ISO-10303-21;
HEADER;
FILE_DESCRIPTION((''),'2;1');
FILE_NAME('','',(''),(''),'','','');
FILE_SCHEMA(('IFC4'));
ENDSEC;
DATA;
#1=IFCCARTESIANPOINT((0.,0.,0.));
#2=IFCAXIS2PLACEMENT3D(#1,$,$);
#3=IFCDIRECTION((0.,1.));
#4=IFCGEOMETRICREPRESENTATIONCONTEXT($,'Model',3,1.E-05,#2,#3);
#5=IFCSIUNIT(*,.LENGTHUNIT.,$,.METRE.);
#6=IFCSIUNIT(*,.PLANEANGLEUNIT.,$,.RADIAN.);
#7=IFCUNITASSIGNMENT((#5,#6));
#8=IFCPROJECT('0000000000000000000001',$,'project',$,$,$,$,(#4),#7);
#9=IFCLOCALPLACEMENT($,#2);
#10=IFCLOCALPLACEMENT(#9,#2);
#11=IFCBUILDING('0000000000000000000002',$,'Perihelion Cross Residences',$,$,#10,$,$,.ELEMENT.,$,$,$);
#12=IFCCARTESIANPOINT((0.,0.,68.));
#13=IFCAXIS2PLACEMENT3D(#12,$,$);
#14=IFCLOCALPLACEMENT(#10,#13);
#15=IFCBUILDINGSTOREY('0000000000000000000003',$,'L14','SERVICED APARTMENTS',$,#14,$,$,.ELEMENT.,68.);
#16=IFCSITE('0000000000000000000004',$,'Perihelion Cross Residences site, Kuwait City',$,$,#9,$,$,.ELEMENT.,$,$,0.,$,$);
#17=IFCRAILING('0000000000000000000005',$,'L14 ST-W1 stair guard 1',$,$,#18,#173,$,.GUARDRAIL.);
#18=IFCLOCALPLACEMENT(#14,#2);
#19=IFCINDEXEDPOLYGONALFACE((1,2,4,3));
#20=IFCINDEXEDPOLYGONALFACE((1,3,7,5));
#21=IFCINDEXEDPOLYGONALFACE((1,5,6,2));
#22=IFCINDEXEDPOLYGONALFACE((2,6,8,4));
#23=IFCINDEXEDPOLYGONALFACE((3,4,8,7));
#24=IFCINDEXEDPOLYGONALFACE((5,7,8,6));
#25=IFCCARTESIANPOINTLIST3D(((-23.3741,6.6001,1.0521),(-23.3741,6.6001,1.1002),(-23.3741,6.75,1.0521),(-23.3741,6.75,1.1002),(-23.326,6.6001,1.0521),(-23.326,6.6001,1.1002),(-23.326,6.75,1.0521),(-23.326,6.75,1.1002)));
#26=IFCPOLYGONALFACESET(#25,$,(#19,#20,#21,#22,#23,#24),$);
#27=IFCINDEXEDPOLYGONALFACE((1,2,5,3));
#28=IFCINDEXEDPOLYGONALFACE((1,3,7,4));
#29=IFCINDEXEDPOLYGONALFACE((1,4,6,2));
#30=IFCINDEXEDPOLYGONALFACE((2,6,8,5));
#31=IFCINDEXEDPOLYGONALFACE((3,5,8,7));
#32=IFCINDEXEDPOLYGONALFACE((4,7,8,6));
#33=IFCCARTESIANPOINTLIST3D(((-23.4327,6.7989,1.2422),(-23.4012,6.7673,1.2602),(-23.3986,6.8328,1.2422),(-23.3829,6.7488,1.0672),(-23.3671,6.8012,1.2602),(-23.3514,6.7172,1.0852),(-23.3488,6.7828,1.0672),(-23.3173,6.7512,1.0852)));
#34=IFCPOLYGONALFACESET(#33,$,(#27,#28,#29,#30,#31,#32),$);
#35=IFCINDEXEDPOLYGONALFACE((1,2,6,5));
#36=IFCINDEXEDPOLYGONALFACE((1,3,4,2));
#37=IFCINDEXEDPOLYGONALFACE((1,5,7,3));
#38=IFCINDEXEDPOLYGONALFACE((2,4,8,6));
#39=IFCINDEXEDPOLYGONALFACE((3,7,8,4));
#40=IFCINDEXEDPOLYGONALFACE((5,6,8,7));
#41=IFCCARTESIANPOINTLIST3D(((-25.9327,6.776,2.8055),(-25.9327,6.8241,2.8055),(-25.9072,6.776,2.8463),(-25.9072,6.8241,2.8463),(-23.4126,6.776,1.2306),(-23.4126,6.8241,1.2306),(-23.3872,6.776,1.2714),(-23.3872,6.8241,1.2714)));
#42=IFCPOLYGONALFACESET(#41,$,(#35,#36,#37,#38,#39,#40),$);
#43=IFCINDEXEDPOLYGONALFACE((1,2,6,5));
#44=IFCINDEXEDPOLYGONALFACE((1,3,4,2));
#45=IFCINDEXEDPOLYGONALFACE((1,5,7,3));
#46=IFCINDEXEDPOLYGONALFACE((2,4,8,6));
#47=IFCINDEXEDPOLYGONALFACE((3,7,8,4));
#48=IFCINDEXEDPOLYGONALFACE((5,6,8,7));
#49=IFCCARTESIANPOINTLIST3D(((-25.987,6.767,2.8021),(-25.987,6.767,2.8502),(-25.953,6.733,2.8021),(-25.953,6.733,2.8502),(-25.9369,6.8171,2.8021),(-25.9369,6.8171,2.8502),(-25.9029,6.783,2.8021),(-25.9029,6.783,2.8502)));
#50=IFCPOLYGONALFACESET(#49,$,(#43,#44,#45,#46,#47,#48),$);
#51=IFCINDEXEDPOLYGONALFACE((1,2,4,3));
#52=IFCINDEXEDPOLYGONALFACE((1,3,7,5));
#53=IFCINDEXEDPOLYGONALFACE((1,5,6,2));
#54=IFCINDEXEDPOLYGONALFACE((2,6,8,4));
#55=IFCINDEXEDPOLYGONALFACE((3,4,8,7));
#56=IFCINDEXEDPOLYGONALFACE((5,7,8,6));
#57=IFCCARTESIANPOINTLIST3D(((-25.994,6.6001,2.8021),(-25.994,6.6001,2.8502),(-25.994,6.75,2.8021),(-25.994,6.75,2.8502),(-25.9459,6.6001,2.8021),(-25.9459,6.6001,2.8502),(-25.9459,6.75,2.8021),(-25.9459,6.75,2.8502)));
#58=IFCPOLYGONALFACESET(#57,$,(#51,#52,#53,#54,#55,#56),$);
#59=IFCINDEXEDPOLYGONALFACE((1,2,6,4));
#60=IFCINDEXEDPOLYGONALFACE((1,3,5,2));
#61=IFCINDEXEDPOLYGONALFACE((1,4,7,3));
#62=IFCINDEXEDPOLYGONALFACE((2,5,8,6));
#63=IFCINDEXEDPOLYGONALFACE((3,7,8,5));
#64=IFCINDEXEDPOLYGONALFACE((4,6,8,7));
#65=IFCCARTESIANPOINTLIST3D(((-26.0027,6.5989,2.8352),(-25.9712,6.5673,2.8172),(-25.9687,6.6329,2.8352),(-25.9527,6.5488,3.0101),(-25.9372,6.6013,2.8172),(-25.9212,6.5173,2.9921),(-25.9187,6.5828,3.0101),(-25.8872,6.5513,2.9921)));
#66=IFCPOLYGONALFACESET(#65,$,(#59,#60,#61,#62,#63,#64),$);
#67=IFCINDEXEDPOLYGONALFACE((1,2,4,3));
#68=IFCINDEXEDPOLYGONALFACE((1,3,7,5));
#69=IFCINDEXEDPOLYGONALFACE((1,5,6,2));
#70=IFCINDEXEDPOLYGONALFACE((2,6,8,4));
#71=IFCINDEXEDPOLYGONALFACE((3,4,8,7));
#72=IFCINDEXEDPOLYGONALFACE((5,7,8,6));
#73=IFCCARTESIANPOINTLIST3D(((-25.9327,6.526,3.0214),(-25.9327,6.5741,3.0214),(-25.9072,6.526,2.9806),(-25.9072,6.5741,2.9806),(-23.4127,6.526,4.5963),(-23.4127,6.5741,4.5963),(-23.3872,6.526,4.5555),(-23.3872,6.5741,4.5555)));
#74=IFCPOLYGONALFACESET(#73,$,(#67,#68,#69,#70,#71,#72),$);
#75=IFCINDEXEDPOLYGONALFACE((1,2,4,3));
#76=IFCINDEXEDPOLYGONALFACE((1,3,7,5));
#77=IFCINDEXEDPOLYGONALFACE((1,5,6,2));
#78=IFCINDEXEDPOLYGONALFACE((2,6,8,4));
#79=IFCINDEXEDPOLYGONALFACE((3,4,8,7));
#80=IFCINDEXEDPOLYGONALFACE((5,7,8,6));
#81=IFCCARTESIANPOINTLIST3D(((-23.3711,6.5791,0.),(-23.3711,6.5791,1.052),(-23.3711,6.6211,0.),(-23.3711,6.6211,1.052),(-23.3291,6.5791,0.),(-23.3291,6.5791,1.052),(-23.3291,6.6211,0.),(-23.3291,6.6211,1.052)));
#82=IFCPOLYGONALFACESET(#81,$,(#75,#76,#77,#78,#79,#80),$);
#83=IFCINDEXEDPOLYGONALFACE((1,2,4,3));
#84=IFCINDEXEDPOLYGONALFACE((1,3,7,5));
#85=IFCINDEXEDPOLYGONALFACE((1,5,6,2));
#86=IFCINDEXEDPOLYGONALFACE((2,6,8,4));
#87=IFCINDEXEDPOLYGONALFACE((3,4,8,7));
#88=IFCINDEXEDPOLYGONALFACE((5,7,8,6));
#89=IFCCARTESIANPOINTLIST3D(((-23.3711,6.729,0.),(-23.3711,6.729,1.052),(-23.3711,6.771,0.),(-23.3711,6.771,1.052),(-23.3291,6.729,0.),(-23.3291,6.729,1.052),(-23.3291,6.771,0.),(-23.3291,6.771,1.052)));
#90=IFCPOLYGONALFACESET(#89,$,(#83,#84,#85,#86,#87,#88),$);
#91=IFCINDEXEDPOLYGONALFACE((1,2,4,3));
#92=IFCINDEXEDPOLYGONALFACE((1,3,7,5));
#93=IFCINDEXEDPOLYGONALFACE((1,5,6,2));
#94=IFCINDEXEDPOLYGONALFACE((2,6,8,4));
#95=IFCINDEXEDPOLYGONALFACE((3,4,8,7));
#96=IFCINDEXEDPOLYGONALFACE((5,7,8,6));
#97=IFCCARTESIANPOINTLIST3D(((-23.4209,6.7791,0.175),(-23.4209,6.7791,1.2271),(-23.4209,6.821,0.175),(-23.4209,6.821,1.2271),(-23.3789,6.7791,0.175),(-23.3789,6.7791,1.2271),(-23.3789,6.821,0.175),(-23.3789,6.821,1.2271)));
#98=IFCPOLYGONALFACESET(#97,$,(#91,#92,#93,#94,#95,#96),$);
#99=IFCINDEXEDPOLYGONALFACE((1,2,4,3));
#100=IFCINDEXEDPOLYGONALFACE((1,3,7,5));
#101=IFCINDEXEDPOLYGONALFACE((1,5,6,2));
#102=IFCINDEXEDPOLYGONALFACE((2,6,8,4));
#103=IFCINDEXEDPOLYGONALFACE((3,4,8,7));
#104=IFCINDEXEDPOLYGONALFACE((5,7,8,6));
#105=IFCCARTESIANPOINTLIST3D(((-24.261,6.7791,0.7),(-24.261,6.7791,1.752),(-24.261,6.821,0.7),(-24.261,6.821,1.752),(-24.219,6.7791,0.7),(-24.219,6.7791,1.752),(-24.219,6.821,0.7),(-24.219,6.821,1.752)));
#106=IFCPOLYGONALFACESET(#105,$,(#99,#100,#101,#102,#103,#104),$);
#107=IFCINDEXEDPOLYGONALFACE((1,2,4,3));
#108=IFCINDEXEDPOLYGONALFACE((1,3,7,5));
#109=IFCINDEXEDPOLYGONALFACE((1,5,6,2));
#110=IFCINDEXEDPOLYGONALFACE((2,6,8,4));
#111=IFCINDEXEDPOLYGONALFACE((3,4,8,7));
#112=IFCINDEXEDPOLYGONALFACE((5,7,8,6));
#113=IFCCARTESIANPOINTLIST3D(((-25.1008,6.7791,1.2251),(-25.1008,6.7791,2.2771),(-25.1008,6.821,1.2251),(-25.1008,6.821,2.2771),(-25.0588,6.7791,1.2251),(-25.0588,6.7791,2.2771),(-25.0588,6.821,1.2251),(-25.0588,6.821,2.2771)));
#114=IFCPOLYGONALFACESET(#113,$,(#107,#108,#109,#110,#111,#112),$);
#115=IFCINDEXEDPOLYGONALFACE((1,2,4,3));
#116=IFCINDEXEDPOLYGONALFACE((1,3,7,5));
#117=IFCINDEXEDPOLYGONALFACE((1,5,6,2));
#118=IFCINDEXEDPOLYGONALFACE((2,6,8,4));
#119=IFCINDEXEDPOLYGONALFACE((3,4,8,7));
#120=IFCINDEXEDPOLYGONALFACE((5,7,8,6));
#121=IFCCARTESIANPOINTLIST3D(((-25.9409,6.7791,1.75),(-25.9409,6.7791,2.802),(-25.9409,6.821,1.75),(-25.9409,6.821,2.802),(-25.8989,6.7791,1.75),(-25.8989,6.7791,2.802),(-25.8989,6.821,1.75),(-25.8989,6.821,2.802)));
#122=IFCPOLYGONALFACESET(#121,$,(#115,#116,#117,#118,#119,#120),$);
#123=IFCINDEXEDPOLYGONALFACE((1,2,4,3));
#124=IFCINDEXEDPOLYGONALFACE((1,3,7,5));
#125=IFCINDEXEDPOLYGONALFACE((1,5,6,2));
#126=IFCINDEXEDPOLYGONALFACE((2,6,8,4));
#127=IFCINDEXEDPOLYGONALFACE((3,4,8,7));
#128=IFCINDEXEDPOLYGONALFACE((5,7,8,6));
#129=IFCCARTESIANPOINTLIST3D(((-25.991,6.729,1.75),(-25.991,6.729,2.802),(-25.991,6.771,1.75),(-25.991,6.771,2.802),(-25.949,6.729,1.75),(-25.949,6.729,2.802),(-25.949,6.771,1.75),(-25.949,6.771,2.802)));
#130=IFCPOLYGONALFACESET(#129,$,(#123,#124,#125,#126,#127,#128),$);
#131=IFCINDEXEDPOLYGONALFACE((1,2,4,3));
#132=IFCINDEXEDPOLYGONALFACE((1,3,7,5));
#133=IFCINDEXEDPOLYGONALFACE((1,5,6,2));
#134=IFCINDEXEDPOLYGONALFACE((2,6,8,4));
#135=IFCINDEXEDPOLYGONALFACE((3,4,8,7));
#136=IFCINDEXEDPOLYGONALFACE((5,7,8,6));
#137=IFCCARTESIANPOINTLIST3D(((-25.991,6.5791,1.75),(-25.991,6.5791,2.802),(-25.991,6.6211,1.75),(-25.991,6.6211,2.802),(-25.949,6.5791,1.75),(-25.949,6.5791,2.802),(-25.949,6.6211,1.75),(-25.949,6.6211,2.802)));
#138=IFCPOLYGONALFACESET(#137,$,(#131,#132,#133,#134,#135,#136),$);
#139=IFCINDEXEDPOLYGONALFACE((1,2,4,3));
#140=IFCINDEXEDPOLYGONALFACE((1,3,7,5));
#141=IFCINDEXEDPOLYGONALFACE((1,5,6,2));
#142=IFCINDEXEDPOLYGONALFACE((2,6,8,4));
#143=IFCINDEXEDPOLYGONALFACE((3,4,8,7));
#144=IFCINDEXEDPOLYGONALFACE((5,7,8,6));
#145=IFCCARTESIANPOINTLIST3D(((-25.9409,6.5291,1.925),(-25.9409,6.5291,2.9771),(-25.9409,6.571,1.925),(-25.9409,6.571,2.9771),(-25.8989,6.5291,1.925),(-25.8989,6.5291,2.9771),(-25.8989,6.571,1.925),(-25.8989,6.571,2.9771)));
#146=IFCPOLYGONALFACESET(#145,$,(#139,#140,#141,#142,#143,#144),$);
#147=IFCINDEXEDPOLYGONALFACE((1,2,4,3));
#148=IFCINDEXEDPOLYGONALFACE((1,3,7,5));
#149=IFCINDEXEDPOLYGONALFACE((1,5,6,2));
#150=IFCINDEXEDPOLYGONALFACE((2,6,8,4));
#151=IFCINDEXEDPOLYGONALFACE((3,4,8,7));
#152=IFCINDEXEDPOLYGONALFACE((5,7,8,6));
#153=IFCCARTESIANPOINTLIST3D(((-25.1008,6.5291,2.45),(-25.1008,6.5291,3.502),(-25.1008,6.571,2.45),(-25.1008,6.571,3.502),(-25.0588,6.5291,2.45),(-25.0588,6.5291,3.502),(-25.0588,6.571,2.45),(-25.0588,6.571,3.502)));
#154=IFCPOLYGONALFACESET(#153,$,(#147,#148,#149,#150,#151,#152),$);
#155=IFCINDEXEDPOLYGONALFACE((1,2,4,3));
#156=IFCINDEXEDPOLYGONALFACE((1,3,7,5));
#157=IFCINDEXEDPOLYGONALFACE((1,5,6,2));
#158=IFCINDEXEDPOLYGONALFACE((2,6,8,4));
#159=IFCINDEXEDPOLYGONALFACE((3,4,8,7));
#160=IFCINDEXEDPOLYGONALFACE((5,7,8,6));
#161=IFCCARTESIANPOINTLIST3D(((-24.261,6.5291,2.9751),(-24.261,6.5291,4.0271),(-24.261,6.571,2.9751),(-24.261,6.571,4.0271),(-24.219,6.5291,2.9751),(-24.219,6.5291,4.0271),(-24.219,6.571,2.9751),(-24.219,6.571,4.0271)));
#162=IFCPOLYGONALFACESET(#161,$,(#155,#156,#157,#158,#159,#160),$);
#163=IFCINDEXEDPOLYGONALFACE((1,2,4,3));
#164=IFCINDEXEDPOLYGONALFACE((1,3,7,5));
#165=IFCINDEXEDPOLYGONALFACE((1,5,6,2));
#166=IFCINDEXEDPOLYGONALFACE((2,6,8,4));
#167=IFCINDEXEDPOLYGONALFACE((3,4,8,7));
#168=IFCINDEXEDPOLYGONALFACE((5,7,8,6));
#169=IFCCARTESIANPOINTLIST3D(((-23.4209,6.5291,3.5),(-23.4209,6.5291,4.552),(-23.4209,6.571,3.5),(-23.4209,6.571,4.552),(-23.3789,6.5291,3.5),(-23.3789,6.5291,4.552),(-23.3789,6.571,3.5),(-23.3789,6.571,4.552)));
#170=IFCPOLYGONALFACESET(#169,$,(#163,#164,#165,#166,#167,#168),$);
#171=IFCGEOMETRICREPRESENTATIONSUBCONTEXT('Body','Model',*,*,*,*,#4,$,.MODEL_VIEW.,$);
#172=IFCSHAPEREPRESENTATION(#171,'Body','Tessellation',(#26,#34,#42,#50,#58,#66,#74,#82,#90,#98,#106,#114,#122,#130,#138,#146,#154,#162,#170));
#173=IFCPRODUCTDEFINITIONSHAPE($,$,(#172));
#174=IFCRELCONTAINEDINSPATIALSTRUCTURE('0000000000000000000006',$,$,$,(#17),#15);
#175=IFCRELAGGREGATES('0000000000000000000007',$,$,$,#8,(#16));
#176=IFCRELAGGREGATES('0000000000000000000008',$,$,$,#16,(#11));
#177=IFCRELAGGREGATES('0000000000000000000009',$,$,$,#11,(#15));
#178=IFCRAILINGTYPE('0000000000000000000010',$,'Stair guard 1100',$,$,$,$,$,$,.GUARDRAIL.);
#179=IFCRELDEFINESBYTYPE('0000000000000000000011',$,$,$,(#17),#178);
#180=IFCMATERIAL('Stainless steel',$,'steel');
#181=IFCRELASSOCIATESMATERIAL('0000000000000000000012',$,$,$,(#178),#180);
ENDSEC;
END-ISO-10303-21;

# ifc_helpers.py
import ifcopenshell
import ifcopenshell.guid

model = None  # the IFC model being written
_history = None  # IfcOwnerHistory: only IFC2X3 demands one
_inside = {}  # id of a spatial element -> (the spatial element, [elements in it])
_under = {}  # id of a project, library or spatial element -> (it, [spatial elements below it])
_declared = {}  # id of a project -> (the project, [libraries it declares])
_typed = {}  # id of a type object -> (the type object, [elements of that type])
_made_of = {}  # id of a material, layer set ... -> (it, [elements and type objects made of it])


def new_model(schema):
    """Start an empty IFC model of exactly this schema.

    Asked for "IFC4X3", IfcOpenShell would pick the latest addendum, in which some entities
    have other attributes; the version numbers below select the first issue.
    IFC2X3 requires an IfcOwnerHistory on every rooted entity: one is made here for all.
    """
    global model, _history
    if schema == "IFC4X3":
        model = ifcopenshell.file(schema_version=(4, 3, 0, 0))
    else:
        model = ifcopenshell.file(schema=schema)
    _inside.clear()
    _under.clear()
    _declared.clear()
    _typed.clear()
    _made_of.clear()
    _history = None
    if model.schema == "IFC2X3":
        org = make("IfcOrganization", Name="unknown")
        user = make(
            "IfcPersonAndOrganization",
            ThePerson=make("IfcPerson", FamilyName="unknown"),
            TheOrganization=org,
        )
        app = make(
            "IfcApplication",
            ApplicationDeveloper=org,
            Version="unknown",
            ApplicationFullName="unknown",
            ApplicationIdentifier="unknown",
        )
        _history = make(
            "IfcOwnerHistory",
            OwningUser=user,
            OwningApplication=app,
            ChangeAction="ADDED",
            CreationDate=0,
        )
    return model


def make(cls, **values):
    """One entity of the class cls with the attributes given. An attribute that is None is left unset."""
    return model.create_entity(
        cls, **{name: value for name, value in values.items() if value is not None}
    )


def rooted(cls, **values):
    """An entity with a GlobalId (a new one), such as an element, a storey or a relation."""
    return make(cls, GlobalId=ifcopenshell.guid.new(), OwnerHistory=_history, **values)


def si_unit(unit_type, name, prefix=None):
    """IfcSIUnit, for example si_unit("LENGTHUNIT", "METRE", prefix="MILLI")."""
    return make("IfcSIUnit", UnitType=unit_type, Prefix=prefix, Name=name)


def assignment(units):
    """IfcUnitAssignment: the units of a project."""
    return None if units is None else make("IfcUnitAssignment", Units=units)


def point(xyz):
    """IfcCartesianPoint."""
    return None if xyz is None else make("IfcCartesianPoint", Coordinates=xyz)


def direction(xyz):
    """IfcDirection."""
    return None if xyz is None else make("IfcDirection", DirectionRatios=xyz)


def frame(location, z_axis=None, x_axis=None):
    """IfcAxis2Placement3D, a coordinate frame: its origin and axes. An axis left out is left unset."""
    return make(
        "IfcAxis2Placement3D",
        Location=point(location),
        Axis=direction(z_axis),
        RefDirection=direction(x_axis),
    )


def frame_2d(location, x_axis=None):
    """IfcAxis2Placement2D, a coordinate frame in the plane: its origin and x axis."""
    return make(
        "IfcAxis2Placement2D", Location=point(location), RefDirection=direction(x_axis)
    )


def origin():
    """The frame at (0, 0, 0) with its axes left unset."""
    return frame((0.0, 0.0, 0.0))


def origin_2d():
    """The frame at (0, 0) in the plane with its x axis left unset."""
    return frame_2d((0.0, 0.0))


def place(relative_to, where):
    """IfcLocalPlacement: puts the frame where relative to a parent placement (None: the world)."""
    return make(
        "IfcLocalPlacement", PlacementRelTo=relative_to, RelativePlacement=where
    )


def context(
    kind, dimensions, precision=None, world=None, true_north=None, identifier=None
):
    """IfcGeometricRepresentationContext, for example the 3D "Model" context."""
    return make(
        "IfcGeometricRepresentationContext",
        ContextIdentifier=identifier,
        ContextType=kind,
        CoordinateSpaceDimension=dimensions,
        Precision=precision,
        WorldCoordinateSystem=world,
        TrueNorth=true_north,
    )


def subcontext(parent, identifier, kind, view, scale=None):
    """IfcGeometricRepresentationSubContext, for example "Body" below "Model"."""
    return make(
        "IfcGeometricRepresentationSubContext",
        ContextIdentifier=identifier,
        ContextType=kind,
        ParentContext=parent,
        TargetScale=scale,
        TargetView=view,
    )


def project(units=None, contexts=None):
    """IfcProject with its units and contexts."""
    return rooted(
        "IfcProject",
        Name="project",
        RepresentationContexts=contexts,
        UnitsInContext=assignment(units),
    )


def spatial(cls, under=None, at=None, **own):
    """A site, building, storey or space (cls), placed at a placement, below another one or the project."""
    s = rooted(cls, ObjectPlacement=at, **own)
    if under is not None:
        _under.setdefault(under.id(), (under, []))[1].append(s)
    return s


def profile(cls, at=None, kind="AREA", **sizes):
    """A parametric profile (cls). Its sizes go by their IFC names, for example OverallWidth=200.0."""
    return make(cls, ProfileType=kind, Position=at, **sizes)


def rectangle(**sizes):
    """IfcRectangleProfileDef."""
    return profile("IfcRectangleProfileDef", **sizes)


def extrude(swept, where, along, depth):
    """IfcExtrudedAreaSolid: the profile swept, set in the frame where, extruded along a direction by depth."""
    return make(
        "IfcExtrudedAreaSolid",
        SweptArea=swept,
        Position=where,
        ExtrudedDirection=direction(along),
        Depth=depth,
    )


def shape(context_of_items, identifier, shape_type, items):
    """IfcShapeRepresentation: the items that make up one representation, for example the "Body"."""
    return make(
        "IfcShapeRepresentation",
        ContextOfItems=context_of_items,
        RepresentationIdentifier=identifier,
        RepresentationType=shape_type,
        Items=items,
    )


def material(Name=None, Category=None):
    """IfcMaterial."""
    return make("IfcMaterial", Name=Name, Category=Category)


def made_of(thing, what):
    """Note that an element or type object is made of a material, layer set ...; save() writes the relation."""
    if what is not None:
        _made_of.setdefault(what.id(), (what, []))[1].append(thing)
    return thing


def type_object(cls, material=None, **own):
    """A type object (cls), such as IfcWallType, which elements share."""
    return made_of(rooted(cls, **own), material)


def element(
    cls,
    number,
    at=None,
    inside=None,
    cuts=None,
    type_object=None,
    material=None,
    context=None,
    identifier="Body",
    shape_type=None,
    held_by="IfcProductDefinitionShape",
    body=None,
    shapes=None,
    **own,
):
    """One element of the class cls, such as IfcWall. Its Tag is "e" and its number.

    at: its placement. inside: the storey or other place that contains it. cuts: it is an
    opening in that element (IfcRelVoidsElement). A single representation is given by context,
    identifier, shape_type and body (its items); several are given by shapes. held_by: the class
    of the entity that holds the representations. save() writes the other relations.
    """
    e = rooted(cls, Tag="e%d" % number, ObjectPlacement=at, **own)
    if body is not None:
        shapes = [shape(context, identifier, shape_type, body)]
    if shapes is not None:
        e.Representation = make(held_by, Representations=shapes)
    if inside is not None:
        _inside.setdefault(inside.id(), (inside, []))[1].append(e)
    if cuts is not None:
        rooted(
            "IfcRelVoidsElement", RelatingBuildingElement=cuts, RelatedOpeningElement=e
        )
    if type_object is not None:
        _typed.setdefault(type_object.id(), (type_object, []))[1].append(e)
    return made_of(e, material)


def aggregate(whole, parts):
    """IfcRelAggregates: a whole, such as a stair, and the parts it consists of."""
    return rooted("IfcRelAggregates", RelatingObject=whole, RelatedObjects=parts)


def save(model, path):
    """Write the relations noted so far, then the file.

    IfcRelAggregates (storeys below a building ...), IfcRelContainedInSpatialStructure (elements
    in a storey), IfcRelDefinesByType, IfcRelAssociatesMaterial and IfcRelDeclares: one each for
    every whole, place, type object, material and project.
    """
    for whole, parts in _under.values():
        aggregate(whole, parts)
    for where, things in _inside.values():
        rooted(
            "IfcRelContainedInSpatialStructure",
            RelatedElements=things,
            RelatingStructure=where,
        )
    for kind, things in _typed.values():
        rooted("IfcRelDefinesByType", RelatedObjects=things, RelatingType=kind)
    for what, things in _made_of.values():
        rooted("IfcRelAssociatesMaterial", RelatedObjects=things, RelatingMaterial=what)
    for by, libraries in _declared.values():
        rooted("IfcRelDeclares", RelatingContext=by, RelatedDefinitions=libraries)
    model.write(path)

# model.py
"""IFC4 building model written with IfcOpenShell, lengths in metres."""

from ifc_helpers import new_model, si_unit, direction, frame, origin, origin_2d, place, context, subcontext, project, spatial, rectangle, extrude, material, type_object, element, save


model = new_model("IFC4")

# Units and contexts
model_context = context("Model", 3, precision=1e-05, world=origin(), true_north=direction((0.0, 1.0)))
body_context = subcontext(model_context, "Body", "Model", "MODEL_VIEW")
ifc_project = project(units=[si_unit("LENGTHUNIT", "METRE"), si_unit("PLANEANGLEUNIT", "RADIAN")], contexts=[model_context])

# Site, building, storey
site_placement = place(None, origin())
site = spatial("IfcSite", under=ifc_project, at=site_placement, Name="Perihelion Cross Residences site, Kuwait City", CompositionType="ELEMENT", RefElevation=0.0)
building_placement = place(site_placement, origin())
building = spatial("IfcBuilding", under=site, at=building_placement, Name="Perihelion Cross Residences", CompositionType="ELEMENT")
storey_placement = place(building_placement, frame((0.0, 0.0, 68.0)))
storey = spatial("IfcBuildingStorey", under=building, at=storey_placement, Name="L14", Description="SERVICED APARTMENTS", CompositionType="ELEMENT", Elevation=68.0)

# Railing
ifc_material_1 = material(Name="Stainless steel", Category="steel")
railing_type_1 = type_object("IfcRailingType", Name="Stair guard 1100", PredefinedType="GUARDRAIL", material=ifc_material_1)
railing_1_placement = place(storey_placement, frame((-23.3501, 6.6001, 0.0)))
element("IfcRailing", 1, at=railing_1_placement, inside=storey, type_object=railing_type_1, Name="L14 ST-W1 stair guard 1", PredefinedType="GUARDRAIL", context=body_context, shape_type="SweptSolid", body=[
    extrude(rectangle(XDim=0.0481, YDim=0.0481, at=origin_2d()), frame((0.0, 0.0, 1.0762), z_axis=(0.0, 1.0, 0.0), x_axis=(-1.0, 0.0, 0.0)), (0.0, 0.0, 1.0), 0.1499),
    extrude(rectangle(XDim=0.0481, YDim=0.0481, at=origin_2d()), frame((0.0, 0.1499, 1.0762), z_axis=(-0.263862, 0.265156, 0.927399), x_axis=(-0.708834, -0.705376, 0.0)), (0.0, 0.0, 1.0), 0.1887),
    extrude(rectangle(XDim=0.0481, YDim=0.0481, at=origin_2d()), frame((-0.0498, 0.2, 1.251), z_axis=(-0.848008, 0.0, 0.529984), x_axis=(0.0, -1.0, 0.0)), (0.0, 0.0, 1.0), 2.9717),
    extrude(rectangle(XDim=0.0481, YDim=0.0481, at=origin_2d()), frame((-2.5698, 0.2, 2.8262), z_axis=(-0.707107, -0.707107, 0.0), x_axis=(0.707107, -0.707107, 0.0)), (0.0, 0.0, 1.0), 0.0708),
    extrude(rectangle(XDim=0.0481, YDim=0.0481, at=origin_2d()), frame((-2.6199, 0.1499, 2.8262), z_axis=(0.0, -1.0, 0.0), x_axis=(1.0, 0.0, 0.0)), (0.0, 0.0, 1.0), 0.1499),
    extrude(rectangle(XDim=0.0481, YDim=0.0481, at=origin_2d()), frame((-2.6199, 0.0, 2.8262), z_axis=(0.265065, -0.265065, 0.927082), x_axis=(0.707107, 0.707107, 0.0)), (0.0, 0.0, 1.0), 0.1887),
    extrude(rectangle(XDim=0.0481, YDim=0.0481, at=origin_2d()), frame((-2.5698, -0.05, 3.001), z_axis=(0.848008, 0.0, 0.529984), x_axis=(0.0, 1.0, 0.0)), (0.0, 0.0, 1.0), 2.9717),
    extrude(rectangle(XDim=0.042, YDim=0.042, at=origin_2d()), origin(), (0.0, 0.0, 1.0), 1.052),
    extrude(rectangle(XDim=0.042, YDim=0.042, at=origin_2d()), frame((0.0, 0.1499, 0.0)), (0.0, 0.0, 1.0), 1.052),
    extrude(rectangle(XDim=0.042, YDim=0.042, at=origin_2d()), frame((-0.0498, 0.2, 0.175)), (0.0, 0.0, 1.0), 1.052),
    extrude(rectangle(XDim=0.042, YDim=0.042, at=origin_2d()), frame((-0.8899, 0.2, 0.7)), (0.0, 0.0, 1.0), 1.052),
    extrude(rectangle(XDim=0.042, YDim=0.042, at=origin_2d()), frame((-1.7297, 0.2, 1.2251)), (0.0, 0.0, 1.0), 1.052),
    extrude(rectangle(XDim=0.042, YDim=0.042, at=origin_2d()), frame((-2.5698, 0.2, 1.75)), (0.0, 0.0, 1.0), 1.052),
    extrude(rectangle(XDim=0.042, YDim=0.042, at=origin_2d()), frame((-2.6199, 0.1499, 1.75)), (0.0, 0.0, 1.0), 1.052),
    extrude(rectangle(XDim=0.042, YDim=0.042, at=origin_2d()), frame((-2.6199, 0.0, 1.75)), (0.0, 0.0, 1.0), 1.052),
    extrude(rectangle(XDim=0.042, YDim=0.042, at=origin_2d()), frame((-2.5698, -0.05, 1.925)), (0.0, 0.0, 1.0), 1.052),
    extrude(rectangle(XDim=0.042, YDim=0.042, at=origin_2d()), frame((-1.7297, -0.05, 2.45)), (0.0, 0.0, 1.0), 1.052),
    extrude(rectangle(XDim=0.042, YDim=0.042, at=origin_2d()), frame((-0.8899, -0.05, 2.9751)), (0.0, 0.0, 1.0), 1.052),
    extrude(rectangle(XDim=0.042, YDim=0.042, at=origin_2d()), frame((-0.0498, -0.05, 3.5)), (0.0, 0.0, 1.0), 1.052),
])

save(model, "model.ifc")
